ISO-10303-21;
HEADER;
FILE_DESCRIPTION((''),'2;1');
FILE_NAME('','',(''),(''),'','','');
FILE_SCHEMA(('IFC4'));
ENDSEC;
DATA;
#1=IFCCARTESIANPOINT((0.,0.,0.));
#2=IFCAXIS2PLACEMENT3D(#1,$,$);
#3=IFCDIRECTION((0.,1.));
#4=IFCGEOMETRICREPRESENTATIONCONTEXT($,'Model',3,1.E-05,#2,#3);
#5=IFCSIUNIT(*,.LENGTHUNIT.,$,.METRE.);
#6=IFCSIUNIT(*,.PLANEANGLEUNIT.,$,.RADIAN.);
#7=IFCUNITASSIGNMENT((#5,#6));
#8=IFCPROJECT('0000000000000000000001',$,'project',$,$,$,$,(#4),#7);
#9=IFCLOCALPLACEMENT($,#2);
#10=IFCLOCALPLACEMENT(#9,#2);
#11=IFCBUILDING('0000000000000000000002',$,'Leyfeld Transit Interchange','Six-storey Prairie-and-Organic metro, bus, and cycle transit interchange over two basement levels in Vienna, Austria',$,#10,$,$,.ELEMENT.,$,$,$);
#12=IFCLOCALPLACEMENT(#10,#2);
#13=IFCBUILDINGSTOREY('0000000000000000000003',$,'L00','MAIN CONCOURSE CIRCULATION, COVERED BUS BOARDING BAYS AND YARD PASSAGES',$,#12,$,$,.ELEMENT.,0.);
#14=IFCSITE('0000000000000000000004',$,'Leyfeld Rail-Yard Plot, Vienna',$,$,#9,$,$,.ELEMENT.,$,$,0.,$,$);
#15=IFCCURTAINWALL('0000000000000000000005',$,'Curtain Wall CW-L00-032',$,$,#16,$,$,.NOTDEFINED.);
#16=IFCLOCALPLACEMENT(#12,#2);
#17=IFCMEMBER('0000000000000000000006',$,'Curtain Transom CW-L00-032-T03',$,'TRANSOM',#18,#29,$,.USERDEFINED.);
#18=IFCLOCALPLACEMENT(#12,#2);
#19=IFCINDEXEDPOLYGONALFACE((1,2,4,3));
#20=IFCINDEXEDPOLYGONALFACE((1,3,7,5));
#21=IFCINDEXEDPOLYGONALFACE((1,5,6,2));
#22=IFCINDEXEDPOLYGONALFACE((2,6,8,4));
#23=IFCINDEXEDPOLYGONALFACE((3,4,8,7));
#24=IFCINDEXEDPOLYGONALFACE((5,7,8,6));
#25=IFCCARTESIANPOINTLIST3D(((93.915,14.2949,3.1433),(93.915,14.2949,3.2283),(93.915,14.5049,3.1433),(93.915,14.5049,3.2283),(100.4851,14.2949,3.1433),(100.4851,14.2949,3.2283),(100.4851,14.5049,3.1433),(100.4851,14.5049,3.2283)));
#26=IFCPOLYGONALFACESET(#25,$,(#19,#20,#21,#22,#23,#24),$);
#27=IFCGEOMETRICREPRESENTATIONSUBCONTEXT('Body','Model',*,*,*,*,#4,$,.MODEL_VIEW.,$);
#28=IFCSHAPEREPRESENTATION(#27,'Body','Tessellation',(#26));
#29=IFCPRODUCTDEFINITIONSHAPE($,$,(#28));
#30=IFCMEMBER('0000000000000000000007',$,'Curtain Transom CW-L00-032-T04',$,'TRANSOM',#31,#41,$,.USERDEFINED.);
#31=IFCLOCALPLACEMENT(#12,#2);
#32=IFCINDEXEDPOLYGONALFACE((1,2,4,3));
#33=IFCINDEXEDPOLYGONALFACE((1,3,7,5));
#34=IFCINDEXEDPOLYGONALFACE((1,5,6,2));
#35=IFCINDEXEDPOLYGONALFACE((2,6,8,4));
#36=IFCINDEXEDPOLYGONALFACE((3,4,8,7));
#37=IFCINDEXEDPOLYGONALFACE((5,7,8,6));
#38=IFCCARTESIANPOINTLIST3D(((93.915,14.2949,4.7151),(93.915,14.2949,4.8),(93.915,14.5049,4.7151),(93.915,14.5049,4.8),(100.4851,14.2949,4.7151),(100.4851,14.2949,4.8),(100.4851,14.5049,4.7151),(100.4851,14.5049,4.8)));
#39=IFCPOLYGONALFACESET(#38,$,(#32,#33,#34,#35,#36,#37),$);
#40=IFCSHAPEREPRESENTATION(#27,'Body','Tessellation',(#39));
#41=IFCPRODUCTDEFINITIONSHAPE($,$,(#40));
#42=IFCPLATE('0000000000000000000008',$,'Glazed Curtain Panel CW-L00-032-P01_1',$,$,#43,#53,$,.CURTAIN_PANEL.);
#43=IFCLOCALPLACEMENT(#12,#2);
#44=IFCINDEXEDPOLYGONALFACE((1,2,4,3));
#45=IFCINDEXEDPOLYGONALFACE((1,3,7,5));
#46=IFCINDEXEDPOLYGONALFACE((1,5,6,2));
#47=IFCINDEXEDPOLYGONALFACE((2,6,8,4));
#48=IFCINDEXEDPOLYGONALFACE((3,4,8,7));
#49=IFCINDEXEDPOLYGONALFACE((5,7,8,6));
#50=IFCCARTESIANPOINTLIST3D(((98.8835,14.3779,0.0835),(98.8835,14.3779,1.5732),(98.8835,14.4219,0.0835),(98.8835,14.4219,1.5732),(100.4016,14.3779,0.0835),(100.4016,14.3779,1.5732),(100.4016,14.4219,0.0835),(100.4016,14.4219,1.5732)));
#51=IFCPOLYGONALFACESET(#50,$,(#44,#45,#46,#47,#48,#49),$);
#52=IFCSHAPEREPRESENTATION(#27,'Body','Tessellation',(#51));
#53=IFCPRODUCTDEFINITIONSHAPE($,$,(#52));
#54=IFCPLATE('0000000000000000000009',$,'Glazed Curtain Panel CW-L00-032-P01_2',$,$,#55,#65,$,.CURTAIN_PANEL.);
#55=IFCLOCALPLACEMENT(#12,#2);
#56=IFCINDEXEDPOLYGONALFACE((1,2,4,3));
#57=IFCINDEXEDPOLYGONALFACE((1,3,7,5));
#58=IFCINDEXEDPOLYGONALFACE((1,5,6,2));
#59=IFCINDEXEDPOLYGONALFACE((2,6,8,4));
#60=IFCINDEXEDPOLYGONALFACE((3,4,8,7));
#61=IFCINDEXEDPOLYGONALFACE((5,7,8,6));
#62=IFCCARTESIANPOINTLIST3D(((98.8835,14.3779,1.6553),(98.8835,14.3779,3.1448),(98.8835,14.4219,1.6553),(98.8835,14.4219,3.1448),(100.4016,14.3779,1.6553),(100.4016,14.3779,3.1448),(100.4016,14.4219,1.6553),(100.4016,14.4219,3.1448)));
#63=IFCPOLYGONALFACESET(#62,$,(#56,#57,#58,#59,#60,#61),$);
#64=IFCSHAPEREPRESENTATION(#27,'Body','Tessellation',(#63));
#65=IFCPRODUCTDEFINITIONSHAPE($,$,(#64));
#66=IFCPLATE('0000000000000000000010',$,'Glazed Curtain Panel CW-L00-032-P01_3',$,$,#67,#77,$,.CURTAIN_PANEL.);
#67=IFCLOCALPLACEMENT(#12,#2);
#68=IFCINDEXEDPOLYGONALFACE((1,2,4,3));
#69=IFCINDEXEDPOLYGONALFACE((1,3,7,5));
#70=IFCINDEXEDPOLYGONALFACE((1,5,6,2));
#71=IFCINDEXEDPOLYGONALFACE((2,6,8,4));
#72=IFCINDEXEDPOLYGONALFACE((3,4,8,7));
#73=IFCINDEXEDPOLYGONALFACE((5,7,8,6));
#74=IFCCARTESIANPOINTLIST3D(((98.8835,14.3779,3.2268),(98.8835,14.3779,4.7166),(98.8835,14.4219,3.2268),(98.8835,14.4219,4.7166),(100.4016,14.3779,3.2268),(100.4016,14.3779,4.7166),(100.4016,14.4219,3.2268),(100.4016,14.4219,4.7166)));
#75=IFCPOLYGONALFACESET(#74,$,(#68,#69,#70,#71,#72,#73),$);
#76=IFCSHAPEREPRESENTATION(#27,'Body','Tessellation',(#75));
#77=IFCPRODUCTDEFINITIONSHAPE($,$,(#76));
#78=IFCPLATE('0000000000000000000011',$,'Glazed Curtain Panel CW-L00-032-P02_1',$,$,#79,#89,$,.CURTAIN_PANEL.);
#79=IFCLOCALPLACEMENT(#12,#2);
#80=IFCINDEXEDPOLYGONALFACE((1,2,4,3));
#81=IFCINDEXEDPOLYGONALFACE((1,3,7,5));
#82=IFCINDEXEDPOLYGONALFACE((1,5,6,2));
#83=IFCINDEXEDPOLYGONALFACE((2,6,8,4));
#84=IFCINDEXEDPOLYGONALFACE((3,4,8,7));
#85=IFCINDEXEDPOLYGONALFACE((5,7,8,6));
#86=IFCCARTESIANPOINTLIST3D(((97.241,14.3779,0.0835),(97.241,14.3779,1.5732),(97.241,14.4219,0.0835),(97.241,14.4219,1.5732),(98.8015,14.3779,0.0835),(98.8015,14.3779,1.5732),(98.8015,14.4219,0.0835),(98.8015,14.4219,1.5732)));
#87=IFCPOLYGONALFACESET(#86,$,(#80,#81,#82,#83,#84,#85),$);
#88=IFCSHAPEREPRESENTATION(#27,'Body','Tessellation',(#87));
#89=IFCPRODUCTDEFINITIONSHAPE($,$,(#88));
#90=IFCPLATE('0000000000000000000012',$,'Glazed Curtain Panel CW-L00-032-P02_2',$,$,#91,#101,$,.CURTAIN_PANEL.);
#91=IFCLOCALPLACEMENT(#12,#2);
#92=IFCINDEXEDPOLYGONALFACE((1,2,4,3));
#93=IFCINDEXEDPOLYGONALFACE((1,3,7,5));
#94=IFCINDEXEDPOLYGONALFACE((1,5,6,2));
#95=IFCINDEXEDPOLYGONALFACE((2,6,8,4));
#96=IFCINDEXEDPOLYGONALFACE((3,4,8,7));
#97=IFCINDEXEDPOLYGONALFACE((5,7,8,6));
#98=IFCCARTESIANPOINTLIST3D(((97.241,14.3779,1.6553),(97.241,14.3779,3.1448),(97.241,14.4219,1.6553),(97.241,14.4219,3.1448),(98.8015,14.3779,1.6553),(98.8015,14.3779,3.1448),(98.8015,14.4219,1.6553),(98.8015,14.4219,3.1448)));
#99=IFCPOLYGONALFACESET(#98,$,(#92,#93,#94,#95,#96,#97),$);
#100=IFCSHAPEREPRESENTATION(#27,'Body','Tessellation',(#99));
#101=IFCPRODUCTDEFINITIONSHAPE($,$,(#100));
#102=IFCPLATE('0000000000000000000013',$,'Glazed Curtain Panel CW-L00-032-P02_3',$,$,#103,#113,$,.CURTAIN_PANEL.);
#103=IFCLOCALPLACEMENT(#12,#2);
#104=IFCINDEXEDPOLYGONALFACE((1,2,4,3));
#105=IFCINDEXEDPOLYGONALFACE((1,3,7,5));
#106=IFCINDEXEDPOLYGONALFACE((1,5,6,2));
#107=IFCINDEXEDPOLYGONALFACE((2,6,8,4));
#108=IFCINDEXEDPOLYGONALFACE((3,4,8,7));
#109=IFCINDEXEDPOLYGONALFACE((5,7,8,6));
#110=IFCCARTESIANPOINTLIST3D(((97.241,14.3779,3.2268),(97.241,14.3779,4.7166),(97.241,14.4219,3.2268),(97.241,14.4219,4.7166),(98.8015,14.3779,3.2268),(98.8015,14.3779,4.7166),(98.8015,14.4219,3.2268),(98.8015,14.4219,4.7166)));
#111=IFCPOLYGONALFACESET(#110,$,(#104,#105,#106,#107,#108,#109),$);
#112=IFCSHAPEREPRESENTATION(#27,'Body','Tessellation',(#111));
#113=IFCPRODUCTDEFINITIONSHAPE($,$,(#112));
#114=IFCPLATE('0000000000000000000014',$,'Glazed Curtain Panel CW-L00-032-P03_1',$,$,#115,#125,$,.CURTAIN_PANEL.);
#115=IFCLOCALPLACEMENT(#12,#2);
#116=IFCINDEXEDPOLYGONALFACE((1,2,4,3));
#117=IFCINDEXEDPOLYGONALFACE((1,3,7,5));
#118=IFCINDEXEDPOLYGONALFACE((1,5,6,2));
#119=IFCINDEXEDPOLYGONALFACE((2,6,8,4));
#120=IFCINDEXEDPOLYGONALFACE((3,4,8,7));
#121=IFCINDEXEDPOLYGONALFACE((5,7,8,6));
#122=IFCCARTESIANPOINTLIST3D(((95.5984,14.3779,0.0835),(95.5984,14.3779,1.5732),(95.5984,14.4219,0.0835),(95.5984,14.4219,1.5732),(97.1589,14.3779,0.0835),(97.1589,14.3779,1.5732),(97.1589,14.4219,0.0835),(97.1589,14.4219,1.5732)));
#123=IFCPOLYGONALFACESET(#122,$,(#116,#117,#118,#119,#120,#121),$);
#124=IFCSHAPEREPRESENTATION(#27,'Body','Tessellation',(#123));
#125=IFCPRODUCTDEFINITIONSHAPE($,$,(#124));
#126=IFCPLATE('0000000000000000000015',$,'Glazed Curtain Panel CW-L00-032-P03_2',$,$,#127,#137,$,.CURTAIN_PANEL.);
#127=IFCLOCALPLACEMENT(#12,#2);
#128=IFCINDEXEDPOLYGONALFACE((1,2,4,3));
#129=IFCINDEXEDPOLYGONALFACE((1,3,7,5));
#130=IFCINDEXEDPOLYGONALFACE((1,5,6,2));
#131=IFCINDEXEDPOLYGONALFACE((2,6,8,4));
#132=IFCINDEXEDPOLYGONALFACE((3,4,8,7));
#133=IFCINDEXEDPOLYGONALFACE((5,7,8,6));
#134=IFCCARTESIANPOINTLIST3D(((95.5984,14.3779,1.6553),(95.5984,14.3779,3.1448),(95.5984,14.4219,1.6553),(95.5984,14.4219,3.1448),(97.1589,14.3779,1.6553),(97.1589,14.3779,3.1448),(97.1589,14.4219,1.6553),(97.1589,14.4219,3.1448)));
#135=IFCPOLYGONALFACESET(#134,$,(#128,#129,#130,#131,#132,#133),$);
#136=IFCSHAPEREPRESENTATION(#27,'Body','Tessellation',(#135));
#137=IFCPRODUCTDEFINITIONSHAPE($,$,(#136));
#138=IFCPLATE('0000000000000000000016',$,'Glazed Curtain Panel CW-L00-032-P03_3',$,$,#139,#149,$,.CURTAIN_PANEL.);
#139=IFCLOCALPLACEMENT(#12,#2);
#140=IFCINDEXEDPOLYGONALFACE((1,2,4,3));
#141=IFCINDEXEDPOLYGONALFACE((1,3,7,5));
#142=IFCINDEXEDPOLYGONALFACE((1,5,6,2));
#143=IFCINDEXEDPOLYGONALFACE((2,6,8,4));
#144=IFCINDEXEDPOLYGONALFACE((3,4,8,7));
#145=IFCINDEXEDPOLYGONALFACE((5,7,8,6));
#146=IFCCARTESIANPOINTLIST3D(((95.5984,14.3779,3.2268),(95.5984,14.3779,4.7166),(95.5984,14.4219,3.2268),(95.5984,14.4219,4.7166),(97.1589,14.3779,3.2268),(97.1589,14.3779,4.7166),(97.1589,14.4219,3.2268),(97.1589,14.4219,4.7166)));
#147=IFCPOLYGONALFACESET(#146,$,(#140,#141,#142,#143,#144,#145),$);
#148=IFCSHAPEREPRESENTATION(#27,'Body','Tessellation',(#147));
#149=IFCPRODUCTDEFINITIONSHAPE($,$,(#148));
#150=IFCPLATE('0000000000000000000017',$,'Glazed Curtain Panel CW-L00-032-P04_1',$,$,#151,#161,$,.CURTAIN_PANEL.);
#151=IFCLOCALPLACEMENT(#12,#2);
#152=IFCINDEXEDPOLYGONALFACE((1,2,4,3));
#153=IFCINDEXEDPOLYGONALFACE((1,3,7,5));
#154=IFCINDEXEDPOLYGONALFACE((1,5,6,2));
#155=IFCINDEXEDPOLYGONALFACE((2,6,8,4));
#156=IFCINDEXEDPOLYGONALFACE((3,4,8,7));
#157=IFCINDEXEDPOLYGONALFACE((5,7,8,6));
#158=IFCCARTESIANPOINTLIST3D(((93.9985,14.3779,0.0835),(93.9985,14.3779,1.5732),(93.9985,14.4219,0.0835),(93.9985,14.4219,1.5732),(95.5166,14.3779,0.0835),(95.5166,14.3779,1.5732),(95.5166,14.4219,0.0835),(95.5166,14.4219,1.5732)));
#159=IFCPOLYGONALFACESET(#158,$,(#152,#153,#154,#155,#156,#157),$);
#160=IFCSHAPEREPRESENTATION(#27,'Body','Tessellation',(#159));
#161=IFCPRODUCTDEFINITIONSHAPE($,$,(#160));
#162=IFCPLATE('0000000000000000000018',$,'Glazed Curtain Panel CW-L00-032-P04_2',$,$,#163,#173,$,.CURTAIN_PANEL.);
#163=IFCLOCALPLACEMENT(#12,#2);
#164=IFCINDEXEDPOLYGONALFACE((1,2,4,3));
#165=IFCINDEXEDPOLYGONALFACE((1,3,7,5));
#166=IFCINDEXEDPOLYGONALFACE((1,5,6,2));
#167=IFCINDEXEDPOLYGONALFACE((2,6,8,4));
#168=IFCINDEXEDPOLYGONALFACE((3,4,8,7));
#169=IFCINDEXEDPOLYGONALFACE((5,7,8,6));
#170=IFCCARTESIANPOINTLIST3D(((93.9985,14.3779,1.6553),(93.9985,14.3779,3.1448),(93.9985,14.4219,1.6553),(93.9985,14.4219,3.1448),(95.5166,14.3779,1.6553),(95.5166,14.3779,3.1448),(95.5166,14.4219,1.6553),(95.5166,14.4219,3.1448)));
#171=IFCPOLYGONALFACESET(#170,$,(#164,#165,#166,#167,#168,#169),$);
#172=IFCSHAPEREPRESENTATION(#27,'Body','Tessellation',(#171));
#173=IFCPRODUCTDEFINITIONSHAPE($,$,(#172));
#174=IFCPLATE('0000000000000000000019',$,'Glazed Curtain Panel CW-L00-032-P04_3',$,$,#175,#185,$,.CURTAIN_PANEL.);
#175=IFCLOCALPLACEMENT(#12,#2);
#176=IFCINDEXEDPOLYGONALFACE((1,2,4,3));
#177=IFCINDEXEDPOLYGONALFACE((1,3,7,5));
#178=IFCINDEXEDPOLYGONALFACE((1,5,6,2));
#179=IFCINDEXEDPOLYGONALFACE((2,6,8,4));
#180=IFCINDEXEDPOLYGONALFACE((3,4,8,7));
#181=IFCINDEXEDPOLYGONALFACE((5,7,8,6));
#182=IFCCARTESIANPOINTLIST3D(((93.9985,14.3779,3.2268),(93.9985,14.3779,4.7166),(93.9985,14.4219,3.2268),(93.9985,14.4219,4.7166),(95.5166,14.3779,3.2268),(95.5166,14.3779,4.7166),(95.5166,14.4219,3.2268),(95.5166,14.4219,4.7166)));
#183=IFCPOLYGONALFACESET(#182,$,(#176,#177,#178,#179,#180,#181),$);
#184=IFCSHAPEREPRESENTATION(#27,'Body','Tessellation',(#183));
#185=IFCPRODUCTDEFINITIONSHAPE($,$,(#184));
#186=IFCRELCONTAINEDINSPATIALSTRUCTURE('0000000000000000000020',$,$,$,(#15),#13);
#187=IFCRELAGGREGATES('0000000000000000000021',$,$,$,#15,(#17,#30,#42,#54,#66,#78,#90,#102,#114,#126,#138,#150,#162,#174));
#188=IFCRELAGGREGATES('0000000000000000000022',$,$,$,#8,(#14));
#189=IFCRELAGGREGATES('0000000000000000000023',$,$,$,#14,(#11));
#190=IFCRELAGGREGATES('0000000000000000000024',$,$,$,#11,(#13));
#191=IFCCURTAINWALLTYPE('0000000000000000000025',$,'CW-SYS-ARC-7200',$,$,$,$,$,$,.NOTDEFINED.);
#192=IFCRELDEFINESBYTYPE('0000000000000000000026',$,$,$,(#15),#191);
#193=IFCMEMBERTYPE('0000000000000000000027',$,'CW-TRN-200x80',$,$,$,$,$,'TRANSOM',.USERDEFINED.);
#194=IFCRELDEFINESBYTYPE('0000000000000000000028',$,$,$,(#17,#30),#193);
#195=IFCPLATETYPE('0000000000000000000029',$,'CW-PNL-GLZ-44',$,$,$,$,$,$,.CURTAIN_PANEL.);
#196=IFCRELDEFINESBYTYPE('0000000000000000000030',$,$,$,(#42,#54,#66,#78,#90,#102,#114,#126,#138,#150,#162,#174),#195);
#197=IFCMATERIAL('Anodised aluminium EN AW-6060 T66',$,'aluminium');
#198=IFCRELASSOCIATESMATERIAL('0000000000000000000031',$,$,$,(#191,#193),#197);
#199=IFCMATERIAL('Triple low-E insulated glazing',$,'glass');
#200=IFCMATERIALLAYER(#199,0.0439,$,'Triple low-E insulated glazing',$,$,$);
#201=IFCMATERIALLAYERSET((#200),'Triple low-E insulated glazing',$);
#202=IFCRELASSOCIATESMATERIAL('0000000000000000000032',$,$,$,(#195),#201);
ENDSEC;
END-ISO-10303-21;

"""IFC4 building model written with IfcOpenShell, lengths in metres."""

from ifc_helpers import new_model, si_unit, direction, frame, origin, origin_2d, place, context, subcontext, project, spatial, rectangle, extrude, material, layer, layer_set, material_profile, profile_set, type_object, element, aggregate, save


model = new_model("IFC4")

# Units and contexts
model_context = context("Model", 3, precision=1e-05, world=origin(), true_north=direction((0.0, 1.0)))
body_context = subcontext(model_context, "Body", "Model", "MODEL_VIEW")
ifc_project = project(units=[si_unit("LENGTHUNIT", "METRE"), si_unit("PLANEANGLEUNIT", "RADIAN")], contexts=[model_context])

# Site, building, storey
site_placement = place(None, origin())
site = spatial("IfcSite", under=ifc_project, at=site_placement, Name="Leyfeld Rail-Yard Plot, Vienna", CompositionType="ELEMENT", RefElevation=0.0)
building_placement = place(site_placement, origin())
building = spatial("IfcBuilding", under=site, at=building_placement, Name="Leyfeld Transit Interchange", Description="Six-storey Prairie-and-Organic metro, bus, and cycle transit interchange over two basement levels in Vienna, Austria", CompositionType="ELEMENT")
storey_placement = place(building_placement, origin())
storey = spatial("IfcBuildingStorey", under=building, at=storey_placement, Name="L00", Description="MAIN CONCOURSE CIRCULATION, COVERED BUS BOARDING BAYS AND YARD PASSAGES", CompositionType="ELEMENT", Elevation=0.0)

# Curtain wall, members, plates
ifc_material_1 = material(Name="Anodised aluminium EN AW-6060 T66", Category="aluminium")
curtain_wall_type = type_object("IfcCurtainWallType", Name="CW-SYS-ARC-7200", PredefinedType="NOTDEFINED", material=ifc_material_1)
curtain_wall_placement = place(storey_placement, origin())
curtain_wall = element("IfcCurtainWall", 1, at=curtain_wall_placement, inside=storey, type_object=curtain_wall_type, Name="Curtain Wall CW-L00-032", PredefinedType="NOTDEFINED")
ifc_material_profile_1 = material_profile(ifc_material_1, rectangle(XDim=0.21, YDim=0.085, at=origin_2d()), Name="CW-TRN-200x80")
ifc_profile_set_1 = profile_set([ifc_material_profile_1], Name="Anodised aluminium EN AW-6060 T66")
member_type_1 = type_object("IfcMemberType", Name="CW-TRN-200x80", ElementType="TRANSOM", PredefinedType="USERDEFINED", material=ifc_profile_set_1)
member_1_placement = place(storey_placement, frame((100.4851, 14.3999, 3.1858), z_axis=(-1.0, 0.0, 0.0), x_axis=(0.0, -1.0, 0.0)))
member_1 = element("IfcMember", 2, at=member_1_placement, type_object=member_type_1, Name="Curtain Transom CW-L00-032-T03", ObjectType="TRANSOM", PredefinedType="USERDEFINED", context=body_context, shape_type="SweptSolid", body=[
    extrude(rectangle(XDim=0.21, YDim=0.085, at=origin_2d()), origin(), (0.0, 0.0, 1.0), 6.5701),
])
member_2_placement = place(storey_placement, frame((100.4851, 14.3999, 4.7576), z_axis=(-1.0, 0.0, 0.0), x_axis=(0.0, -1.0, 0.0)))
member_2 = element("IfcMember", 3, at=member_2_placement, type_object=member_type_1, Name="Curtain Transom CW-L00-032-T04", ObjectType="TRANSOM", PredefinedType="USERDEFINED", context=body_context, shape_type="SweptSolid", body=[
    extrude(rectangle(XDim=0.21, YDim=0.085, at=origin_2d()), origin(), (0.0, 0.0, 1.0), 6.5701),
])
ifc_material_2 = material(Name="Triple low-E insulated glazing", Category="glass")
ifc_layer = layer(ifc_material_2, 0.0439, Name="Triple low-E insulated glazing")
ifc_layer_set = layer_set([ifc_layer], Name="Triple low-E insulated glazing")
plate_type = type_object("IfcPlateType", Name="CW-PNL-GLZ-44", PredefinedType="CURTAIN_PANEL", material=ifc_layer_set)
plate_1_placement = place(storey_placement, frame((99.6426, 14.3999, 0.0835), z_axis=(0.0, 0.0, 1.0), x_axis=(-1.0, 0.0, 0.0)))
plate_1 = element("IfcPlate", 4, at=plate_1_placement, type_object=plate_type, Name="Glazed Curtain Panel CW-L00-032-P01_1", PredefinedType="CURTAIN_PANEL", context=body_context, shape_type="SweptSolid", body=[
    extrude(rectangle(XDim=1.5181, YDim=0.0439, at=origin_2d()), origin(), (0.0, 0.0, 1.0), 1.4897),
])
plate_2_placement = place(storey_placement, frame((99.6426, 14.3999, 1.6553), z_axis=(0.0, 0.0, 1.0), x_axis=(-1.0, 0.0, 0.0)))
plate_2 = element("IfcPlate", 5, at=plate_2_placement, type_object=plate_type, Name="Glazed Curtain Panel CW-L00-032-P01_2", PredefinedType="CURTAIN_PANEL", context=body_context, shape_type="SweptSolid", body=[
    extrude(rectangle(XDim=1.5181, YDim=0.0439, at=origin_2d()), origin(), (0.0, 0.0, 1.0), 1.4895),
])
plate_3_placement = place(storey_placement, frame((99.6426, 14.3999, 3.2268), z_axis=(0.0, 0.0, 1.0), x_axis=(-1.0, 0.0, 0.0)))
plate_3 = element("IfcPlate", 6, at=plate_3_placement, type_object=plate_type, Name="Glazed Curtain Panel CW-L00-032-P01_3", PredefinedType="CURTAIN_PANEL", context=body_context, shape_type="SweptSolid", body=[
    extrude(rectangle(XDim=1.5181, YDim=0.0439, at=origin_2d()), origin(), (0.0, 0.0, 1.0), 1.4897),
])
plate_4_placement = place(storey_placement, frame((98.0212, 14.3999, 0.0835), z_axis=(0.0, 0.0, 1.0), x_axis=(-1.0, 0.0, 0.0)))
plate_4 = element("IfcPlate", 7, at=plate_4_placement, type_object=plate_type, Name="Glazed Curtain Panel CW-L00-032-P02_1", PredefinedType="CURTAIN_PANEL", context=body_context, shape_type="SweptSolid", body=[
    extrude(rectangle(XDim=1.5605, YDim=0.0439, at=origin_2d()), origin(), (0.0, 0.0, 1.0), 1.4897),
])
plate_5_placement = place(storey_placement, frame((98.0212, 14.3999, 1.6553), z_axis=(0.0, 0.0, 1.0), x_axis=(-1.0, 0.0, 0.0)))
plate_5 = element("IfcPlate", 8, at=plate_5_placement, type_object=plate_type, Name="Glazed Curtain Panel CW-L00-032-P02_2", PredefinedType="CURTAIN_PANEL", context=body_context, shape_type="SweptSolid", body=[
    extrude(rectangle(XDim=1.5605, YDim=0.0439, at=origin_2d()), origin(), (0.0, 0.0, 1.0), 1.4895),
])
plate_6_placement = place(storey_placement, frame((98.0212, 14.3999, 3.2268), z_axis=(0.0, 0.0, 1.0), x_axis=(-1.0, 0.0, 0.0)))
plate_6 = element("IfcPlate", 9, at=plate_6_placement, type_object=plate_type, Name="Glazed Curtain Panel CW-L00-032-P02_3", PredefinedType="CURTAIN_PANEL", context=body_context, shape_type="SweptSolid", body=[
    extrude(rectangle(XDim=1.5605, YDim=0.0439, at=origin_2d()), origin(), (0.0, 0.0, 1.0), 1.4897),
])
plate_7_placement = place(storey_placement, frame((96.3787, 14.3999, 0.0835), z_axis=(0.0, 0.0, 1.0), x_axis=(-1.0, 0.0, 0.0)))
plate_7 = element("IfcPlate", 10, at=plate_7_placement, type_object=plate_type, Name="Glazed Curtain Panel CW-L00-032-P03_1", PredefinedType="CURTAIN_PANEL", context=body_context, shape_type="SweptSolid", body=[
    extrude(rectangle(XDim=1.5605, YDim=0.0439, at=origin_2d()), origin(), (0.0, 0.0, 1.0), 1.4897),
])
plate_8_placement = place(storey_placement, frame((96.3787, 14.3999, 1.6553), z_axis=(0.0, 0.0, 1.0), x_axis=(-1.0, 0.0, 0.0)))
plate_8 = element("IfcPlate", 11, at=plate_8_placement, type_object=plate_type, Name="Glazed Curtain Panel CW-L00-032-P03_2", PredefinedType="CURTAIN_PANEL", context=body_context, shape_type="SweptSolid", body=[
    extrude(rectangle(XDim=1.5605, YDim=0.0439, at=origin_2d()), origin(), (0.0, 0.0, 1.0), 1.4895),
])
plate_9_placement = place(storey_placement, frame((96.3787, 14.3999, 3.2268), z_axis=(0.0, 0.0, 1.0), x_axis=(-1.0, 0.0, 0.0)))
plate_9 = element("IfcPlate", 12, at=plate_9_placement, type_object=plate_type, Name="Glazed Curtain Panel CW-L00-032-P03_3", PredefinedType="CURTAIN_PANEL", context=body_context, shape_type="SweptSolid", body=[
    extrude(rectangle(XDim=1.5605, YDim=0.0439, at=origin_2d()), origin(), (0.0, 0.0, 1.0), 1.4897),
])
plate_10_placement = place(storey_placement, frame((94.7576, 14.3999, 0.0835), z_axis=(0.0, 0.0, 1.0), x_axis=(-1.0, 0.0, 0.0)))
plate_10 = element("IfcPlate", 13, at=plate_10_placement, type_object=plate_type, Name="Glazed Curtain Panel CW-L00-032-P04_1", PredefinedType="CURTAIN_PANEL", context=body_context, shape_type="SweptSolid", body=[
    extrude(rectangle(XDim=1.5181, YDim=0.0439, at=origin_2d()), origin(), (0.0, 0.0, 1.0), 1.4897),
])
plate_11_placement = place(storey_placement, frame((94.7576, 14.3999, 1.6553), z_axis=(0.0, 0.0, 1.0), x_axis=(-1.0, 0.0, 0.0)))
plate_11 = element("IfcPlate", 14, at=plate_11_placement, type_object=plate_type, Name="Glazed Curtain Panel CW-L00-032-P04_2", PredefinedType="CURTAIN_PANEL", context=body_context, shape_type="SweptSolid", body=[
    extrude(rectangle(XDim=1.5181, YDim=0.0439, at=origin_2d()), origin(), (0.0, 0.0, 1.0), 1.4895),
])
plate_12_placement = place(storey_placement, frame((94.7576, 14.3999, 3.2268), z_axis=(0.0, 0.0, 1.0), x_axis=(-1.0, 0.0, 0.0)))
plate_12 = element("IfcPlate", 15, at=plate_12_placement, type_object=plate_type, Name="Glazed Curtain Panel CW-L00-032-P04_3", PredefinedType="CURTAIN_PANEL", context=body_context, shape_type="SweptSolid", body=[
    extrude(rectangle(XDim=1.5181, YDim=0.0439, at=origin_2d()), origin(), (0.0, 0.0, 1.0), 1.4897),
])
aggregate(curtain_wall, [member_1, member_2, plate_1, plate_2, plate_3, plate_4, plate_5, plate_6, plate_7, plate_8, plate_9, plate_10, plate_11, plate_12])

save(model, "model.ifc")
